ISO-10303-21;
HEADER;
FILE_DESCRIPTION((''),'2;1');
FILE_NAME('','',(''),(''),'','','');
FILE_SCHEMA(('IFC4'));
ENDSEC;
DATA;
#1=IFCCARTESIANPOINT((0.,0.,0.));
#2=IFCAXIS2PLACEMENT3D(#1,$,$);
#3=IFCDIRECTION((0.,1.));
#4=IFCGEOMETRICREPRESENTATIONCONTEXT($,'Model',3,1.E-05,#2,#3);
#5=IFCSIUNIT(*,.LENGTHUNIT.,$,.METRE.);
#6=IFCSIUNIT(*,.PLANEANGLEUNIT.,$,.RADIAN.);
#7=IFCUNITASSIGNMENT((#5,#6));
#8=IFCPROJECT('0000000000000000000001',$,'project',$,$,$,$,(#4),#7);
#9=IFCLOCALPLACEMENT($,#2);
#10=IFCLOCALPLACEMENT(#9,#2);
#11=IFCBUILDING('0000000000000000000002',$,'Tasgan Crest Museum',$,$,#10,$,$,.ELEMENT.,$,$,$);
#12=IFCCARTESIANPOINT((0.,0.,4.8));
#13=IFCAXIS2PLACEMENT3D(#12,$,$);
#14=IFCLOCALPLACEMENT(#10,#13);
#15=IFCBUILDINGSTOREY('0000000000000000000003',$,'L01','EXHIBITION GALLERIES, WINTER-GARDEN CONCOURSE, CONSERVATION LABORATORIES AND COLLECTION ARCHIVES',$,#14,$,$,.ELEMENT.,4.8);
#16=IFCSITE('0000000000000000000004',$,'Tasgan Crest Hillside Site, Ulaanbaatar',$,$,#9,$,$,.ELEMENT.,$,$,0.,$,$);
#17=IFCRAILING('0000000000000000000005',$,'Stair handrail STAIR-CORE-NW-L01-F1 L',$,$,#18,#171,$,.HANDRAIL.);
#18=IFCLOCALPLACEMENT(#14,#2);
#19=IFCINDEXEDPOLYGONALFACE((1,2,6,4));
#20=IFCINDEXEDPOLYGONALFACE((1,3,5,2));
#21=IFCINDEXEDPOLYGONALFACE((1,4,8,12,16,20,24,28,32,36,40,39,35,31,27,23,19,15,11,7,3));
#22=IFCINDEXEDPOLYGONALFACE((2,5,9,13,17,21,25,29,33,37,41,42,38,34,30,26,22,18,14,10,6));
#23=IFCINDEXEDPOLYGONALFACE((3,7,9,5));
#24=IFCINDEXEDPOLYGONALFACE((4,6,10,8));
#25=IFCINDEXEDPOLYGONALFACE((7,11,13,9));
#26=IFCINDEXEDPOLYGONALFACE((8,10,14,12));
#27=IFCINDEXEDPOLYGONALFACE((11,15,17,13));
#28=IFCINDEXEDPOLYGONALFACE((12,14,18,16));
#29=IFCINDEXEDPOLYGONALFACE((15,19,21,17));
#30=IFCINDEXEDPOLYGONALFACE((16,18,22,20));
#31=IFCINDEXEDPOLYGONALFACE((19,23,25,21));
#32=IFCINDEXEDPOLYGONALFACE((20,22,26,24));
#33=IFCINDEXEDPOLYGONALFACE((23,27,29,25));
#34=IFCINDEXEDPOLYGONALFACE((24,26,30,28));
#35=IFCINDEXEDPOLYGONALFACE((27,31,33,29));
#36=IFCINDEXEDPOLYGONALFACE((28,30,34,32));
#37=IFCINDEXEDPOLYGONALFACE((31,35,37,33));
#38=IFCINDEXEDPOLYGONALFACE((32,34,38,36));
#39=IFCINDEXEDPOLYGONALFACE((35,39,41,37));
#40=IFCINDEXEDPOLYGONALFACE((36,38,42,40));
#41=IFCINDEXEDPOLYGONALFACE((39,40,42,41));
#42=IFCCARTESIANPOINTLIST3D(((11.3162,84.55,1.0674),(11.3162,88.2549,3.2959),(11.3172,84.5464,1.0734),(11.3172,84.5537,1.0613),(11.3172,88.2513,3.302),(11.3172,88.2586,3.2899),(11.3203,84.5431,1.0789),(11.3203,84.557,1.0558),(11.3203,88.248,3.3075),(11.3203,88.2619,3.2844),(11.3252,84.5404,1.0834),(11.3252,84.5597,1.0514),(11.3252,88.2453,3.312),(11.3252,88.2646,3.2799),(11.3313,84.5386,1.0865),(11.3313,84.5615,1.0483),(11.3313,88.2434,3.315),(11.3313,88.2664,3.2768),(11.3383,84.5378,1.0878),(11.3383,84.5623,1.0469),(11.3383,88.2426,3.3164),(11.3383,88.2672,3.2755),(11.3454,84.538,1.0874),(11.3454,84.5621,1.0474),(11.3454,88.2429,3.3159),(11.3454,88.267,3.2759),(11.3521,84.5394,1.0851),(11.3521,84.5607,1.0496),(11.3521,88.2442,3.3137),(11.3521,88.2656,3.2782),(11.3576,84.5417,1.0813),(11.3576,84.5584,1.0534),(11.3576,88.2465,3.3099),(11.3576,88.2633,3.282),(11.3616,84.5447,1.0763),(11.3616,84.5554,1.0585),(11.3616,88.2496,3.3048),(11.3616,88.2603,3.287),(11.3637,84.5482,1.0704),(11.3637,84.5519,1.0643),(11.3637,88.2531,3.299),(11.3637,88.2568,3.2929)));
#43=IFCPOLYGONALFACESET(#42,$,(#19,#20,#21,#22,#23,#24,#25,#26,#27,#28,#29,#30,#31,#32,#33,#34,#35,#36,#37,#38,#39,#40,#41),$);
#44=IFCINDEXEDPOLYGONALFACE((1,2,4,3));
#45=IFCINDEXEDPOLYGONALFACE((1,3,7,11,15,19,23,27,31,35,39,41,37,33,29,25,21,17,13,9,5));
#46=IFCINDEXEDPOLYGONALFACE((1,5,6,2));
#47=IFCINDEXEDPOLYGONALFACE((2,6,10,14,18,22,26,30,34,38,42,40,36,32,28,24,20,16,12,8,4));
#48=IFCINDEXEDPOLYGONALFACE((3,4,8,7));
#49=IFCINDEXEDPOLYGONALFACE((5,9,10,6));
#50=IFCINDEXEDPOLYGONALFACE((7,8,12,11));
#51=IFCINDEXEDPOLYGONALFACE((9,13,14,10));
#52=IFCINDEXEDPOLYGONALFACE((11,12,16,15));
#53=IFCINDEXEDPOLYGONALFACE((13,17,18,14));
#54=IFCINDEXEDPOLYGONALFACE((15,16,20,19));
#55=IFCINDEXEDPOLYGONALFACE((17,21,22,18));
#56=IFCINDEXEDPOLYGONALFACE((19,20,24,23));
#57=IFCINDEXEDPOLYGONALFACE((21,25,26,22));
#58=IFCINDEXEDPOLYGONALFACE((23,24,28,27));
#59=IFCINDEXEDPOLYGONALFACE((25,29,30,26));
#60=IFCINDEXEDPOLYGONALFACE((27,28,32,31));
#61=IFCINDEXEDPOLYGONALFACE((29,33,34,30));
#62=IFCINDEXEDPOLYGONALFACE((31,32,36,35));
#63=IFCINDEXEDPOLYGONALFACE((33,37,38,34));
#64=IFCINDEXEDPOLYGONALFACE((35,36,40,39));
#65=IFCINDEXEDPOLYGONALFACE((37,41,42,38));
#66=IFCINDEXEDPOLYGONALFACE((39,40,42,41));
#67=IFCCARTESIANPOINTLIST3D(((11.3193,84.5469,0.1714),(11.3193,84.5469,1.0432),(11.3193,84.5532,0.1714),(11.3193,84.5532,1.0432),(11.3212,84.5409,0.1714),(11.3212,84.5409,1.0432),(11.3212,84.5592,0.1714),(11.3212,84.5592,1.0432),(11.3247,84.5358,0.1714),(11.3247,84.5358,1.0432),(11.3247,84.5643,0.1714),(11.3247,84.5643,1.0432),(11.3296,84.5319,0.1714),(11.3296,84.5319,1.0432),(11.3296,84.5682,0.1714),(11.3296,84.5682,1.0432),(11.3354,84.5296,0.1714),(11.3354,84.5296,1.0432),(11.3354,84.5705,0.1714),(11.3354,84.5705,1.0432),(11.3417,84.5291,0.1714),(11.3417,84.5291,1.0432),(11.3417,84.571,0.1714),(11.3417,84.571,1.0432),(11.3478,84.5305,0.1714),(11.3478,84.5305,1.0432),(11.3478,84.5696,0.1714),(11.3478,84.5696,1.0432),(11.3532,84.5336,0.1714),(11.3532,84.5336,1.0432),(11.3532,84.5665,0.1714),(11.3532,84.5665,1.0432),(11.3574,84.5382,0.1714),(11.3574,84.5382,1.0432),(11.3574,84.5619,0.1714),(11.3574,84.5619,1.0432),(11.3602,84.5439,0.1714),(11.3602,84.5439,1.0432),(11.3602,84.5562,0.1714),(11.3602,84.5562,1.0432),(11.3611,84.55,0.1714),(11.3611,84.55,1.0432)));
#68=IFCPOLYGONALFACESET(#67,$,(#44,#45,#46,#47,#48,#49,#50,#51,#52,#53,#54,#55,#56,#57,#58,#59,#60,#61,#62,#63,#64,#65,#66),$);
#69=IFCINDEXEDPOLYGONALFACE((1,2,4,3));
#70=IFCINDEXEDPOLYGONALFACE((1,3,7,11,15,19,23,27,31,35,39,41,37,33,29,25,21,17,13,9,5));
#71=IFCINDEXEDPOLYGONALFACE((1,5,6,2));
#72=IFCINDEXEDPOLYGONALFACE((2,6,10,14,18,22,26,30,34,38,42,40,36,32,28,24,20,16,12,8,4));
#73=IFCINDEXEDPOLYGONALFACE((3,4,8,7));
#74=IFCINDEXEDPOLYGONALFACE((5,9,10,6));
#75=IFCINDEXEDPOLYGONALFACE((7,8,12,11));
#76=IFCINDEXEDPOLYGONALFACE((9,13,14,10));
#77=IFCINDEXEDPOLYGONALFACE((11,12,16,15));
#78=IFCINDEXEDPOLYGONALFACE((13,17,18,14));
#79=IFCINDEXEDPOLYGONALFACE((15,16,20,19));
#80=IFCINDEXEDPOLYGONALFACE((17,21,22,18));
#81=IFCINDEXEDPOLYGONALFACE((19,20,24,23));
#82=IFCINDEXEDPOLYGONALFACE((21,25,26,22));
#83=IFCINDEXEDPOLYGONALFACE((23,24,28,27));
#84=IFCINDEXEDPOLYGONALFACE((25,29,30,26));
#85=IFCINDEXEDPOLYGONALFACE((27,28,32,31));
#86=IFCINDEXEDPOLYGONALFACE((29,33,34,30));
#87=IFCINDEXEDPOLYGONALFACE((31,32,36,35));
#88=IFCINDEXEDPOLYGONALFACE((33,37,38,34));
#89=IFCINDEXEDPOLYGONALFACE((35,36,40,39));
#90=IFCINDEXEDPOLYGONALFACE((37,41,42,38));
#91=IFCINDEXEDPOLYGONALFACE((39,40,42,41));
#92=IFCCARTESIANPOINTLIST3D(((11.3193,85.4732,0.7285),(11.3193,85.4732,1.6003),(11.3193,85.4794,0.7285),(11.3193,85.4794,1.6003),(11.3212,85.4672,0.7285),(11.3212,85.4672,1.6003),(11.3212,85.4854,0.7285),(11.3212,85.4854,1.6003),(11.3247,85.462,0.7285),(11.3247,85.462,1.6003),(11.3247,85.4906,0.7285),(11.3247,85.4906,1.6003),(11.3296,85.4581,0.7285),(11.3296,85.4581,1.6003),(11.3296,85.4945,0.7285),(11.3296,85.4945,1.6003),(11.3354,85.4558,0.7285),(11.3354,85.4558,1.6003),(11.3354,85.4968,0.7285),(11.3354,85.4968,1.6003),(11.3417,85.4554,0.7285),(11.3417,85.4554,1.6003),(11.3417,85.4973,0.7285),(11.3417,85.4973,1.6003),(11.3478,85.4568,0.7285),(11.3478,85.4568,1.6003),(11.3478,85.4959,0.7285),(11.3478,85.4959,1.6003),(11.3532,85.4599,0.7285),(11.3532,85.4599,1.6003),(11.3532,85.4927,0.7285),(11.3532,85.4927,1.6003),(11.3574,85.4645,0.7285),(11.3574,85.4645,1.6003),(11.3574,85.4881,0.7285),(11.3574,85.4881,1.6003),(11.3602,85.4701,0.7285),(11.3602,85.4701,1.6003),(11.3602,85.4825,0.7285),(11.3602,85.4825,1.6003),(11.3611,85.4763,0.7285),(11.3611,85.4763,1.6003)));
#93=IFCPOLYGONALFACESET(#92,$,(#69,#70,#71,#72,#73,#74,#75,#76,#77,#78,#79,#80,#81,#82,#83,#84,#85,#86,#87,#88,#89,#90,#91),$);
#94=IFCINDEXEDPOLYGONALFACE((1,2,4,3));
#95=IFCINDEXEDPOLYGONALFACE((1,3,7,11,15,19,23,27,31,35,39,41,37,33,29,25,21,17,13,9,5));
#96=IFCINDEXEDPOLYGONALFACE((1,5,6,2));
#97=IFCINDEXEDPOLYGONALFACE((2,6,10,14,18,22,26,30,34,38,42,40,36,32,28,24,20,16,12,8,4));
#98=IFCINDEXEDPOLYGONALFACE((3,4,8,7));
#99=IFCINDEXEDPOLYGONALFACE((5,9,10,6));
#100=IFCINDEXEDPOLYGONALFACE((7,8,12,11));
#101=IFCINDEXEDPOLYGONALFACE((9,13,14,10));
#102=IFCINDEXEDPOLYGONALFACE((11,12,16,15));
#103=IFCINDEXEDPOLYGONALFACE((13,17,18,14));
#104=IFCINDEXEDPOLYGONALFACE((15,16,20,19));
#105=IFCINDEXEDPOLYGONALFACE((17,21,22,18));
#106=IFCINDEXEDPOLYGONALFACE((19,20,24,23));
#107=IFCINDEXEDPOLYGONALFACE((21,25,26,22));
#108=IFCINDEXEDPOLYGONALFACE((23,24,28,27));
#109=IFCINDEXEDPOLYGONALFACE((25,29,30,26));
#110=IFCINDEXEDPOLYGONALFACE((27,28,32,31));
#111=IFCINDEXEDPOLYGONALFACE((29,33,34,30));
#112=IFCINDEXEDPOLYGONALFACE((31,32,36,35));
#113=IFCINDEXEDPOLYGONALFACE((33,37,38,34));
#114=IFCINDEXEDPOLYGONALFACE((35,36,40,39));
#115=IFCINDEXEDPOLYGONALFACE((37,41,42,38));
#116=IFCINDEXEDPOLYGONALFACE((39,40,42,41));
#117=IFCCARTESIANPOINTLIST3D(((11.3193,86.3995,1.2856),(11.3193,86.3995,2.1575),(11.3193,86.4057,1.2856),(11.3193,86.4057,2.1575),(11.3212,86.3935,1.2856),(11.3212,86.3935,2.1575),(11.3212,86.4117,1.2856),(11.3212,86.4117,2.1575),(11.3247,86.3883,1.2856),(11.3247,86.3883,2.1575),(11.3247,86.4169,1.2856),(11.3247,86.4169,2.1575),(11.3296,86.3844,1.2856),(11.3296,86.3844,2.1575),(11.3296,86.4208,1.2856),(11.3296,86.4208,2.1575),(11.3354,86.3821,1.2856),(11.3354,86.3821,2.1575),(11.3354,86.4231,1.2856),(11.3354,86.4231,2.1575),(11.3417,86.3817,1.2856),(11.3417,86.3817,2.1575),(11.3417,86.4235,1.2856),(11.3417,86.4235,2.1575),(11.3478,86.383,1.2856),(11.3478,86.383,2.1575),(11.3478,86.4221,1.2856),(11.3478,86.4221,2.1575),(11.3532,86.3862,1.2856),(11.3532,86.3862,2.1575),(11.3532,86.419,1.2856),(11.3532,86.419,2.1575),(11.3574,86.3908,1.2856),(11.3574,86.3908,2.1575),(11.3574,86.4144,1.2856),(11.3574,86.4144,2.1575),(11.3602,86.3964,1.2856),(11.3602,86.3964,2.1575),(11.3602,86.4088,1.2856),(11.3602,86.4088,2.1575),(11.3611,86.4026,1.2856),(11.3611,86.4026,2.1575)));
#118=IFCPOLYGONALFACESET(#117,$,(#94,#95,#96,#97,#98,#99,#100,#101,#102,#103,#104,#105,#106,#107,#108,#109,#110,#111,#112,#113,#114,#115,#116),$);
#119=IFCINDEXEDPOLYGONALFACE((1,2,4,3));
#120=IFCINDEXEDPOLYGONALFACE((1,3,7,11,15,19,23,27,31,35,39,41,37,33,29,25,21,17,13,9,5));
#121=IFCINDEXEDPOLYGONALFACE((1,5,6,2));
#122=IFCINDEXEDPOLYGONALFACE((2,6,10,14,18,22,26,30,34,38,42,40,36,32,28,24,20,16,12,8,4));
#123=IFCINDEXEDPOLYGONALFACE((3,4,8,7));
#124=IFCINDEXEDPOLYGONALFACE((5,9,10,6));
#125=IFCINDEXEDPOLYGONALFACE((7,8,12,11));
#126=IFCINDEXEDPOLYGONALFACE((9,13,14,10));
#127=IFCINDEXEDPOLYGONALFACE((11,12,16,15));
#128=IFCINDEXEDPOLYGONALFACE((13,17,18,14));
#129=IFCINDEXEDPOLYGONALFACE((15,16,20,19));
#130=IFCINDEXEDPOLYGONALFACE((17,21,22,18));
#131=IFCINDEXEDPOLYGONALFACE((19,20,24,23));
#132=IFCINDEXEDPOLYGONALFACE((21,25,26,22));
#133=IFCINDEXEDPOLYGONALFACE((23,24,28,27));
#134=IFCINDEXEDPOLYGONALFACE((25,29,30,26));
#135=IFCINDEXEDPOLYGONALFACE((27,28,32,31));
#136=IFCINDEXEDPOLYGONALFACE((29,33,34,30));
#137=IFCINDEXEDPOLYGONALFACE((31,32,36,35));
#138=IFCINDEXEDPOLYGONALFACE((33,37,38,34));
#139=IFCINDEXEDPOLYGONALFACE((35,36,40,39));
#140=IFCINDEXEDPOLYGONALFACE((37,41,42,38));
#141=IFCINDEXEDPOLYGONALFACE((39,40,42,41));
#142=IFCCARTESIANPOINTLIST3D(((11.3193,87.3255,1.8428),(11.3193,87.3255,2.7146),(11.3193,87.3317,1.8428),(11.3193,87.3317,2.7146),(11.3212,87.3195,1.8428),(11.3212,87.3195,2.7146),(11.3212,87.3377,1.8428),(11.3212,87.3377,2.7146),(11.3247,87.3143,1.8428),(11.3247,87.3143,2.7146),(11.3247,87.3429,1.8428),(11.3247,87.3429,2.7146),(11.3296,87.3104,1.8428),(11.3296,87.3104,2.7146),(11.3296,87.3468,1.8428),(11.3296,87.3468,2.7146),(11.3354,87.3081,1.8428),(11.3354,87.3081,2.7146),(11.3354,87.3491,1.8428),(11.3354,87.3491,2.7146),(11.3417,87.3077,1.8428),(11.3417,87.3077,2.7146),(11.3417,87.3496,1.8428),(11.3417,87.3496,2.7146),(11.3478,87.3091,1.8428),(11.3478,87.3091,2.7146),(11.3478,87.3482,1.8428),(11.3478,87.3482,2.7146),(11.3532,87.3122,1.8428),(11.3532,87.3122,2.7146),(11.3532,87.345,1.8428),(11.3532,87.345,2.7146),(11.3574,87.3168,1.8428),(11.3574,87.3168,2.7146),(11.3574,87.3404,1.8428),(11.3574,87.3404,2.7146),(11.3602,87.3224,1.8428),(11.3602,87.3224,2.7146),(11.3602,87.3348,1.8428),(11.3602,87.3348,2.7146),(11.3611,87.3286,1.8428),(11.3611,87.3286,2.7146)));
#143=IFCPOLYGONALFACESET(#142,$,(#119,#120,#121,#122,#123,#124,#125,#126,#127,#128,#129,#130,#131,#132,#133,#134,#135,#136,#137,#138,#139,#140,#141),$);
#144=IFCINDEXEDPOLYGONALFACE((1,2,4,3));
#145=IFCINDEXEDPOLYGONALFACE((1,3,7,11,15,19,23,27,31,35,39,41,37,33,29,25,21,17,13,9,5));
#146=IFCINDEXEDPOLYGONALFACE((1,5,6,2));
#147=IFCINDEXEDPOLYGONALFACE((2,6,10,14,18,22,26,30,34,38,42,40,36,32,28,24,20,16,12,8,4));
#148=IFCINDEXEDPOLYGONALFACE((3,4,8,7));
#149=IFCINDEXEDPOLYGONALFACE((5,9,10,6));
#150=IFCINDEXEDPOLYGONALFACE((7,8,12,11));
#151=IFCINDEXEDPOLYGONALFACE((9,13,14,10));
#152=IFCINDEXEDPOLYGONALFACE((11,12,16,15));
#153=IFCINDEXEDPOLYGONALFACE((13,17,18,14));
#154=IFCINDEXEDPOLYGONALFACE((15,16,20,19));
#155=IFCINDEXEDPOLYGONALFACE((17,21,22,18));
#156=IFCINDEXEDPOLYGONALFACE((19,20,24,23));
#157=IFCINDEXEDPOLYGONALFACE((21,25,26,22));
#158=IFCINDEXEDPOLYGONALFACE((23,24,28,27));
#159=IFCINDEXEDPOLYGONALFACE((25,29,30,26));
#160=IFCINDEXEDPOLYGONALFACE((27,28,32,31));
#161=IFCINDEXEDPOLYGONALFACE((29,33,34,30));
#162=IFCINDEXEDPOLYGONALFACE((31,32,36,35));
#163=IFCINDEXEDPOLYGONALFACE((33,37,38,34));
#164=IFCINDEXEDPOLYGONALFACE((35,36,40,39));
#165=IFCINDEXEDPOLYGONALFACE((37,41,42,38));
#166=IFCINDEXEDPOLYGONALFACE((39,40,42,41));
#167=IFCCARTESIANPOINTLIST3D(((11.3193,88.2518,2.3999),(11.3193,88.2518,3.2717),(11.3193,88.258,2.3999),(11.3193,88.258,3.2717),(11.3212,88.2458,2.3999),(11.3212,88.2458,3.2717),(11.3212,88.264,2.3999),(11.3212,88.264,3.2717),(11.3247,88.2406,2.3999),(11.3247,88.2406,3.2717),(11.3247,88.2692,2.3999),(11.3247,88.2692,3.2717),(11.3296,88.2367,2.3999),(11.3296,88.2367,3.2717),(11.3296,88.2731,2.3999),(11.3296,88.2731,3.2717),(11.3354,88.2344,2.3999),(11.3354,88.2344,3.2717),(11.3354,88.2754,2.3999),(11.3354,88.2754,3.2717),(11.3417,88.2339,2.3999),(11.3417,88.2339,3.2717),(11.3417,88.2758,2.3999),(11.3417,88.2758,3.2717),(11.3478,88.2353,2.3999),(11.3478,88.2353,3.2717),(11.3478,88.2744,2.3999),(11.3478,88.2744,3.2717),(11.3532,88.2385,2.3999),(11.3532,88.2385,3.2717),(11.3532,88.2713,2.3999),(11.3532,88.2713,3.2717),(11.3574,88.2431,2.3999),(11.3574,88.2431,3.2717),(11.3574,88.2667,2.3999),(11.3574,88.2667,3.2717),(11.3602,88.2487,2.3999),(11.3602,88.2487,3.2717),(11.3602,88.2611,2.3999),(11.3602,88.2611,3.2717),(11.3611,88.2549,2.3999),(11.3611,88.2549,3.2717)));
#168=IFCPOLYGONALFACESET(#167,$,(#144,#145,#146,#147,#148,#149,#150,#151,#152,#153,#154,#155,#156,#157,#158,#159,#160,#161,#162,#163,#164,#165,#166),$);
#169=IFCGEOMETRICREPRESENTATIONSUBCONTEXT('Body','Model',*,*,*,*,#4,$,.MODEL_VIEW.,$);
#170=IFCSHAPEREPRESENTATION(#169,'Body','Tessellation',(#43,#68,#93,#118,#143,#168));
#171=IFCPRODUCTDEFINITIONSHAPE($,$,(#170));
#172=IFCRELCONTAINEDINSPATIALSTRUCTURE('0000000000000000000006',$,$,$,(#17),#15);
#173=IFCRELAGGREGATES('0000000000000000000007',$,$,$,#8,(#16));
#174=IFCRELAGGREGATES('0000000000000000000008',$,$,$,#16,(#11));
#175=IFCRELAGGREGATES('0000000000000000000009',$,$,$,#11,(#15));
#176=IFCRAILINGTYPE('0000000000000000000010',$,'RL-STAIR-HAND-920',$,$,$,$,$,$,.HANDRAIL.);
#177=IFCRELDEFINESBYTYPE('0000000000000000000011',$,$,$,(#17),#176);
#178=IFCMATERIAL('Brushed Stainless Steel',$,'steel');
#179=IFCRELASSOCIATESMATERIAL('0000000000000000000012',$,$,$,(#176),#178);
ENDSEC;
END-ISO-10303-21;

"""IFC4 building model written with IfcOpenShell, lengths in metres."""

from ifc_helpers import new_model, si_unit, direction, frame, origin, origin_2d, place, context, subcontext, project, spatial, circle, extrude, material, type_object, element, save


model = new_model("IFC4")

# Units and contexts
model_context = context("Model", 3, precision=1e-05, world=origin(), true_north=direction((0.0, 1.0)))
body_context = subcontext(model_context, "Body", "Model", "MODEL_VIEW")
ifc_project = project(units=[si_unit("LENGTHUNIT", "METRE"), si_unit("PLANEANGLEUNIT", "RADIAN")], contexts=[model_context])

# Site, building, storey
site_placement = place(None, origin())
site = spatial("IfcSite", under=ifc_project, at=site_placement, Name="Tasgan Crest Hillside Site, Ulaanbaatar", CompositionType="ELEMENT", RefElevation=0.0)
building_placement = place(site_placement, origin())
building = spatial("IfcBuilding", under=site, at=building_placement, Name="Tasgan Crest Museum", CompositionType="ELEMENT")
storey_placement = place(building_placement, frame((0.0, 0.0, 4.8)))
storey = spatial("IfcBuildingStorey", under=building, at=storey_placement, Name="L01", Description="EXHIBITION GALLERIES, WINTER-GARDEN CONCOURSE, CONSERVATION LABORATORIES AND COLLECTION ARCHIVES", CompositionType="ELEMENT", Elevation=4.8)

# Railing
ifc_material_1 = material(Name="Brushed Stainless Steel", Category="steel")
railing_type_1 = type_object("IfcRailingType", Name="RL-STAIR-HAND-920", PredefinedType="HANDRAIL", material=ifc_material_1)
for number, where, name in (
    (1, (11.3401, 84.55, 0.1714), "Stair handrail STAIR-CORE-NW-L01-F1 L"),
):
    element("IfcRailing", number, at=place(storey_placement, frame(where)), inside=storey, type_object=railing_type_1, Name=name, PredefinedType="HANDRAIL", context=body_context, shape_type="SweptSolid", body=[
        extrude(circle(Radius=0.0239, at=origin_2d()), frame((0.0, 0.0, 0.896), z_axis=(0.0, 0.856919, 0.51545), x_axis=(-1.0, 0.0, 0.0)), (0.0, 0.0, 1.0), 4.3235),
        extrude(circle(Radius=0.021, at=origin_2d()), origin(), (0.0, 0.0, 1.0), 0.8718),
        extrude(circle(Radius=0.021, at=origin_2d()), frame((0.0, 0.9263, 0.5571)), (0.0, 0.0, 1.0), 0.8718),
        extrude(circle(Radius=0.021, at=origin_2d()), frame((0.0, 1.8525, 1.1143)), (0.0, 0.0, 1.0), 0.8718),
        extrude(circle(Radius=0.021, at=origin_2d()), frame((0.0, 2.7786, 1.6714)), (0.0, 0.0, 1.0), 0.8718),
        extrude(circle(Radius=0.021, at=origin_2d()), frame((0.0, 3.7048, 2.2285)), (0.0, 0.0, 1.0), 0.8718),
    ])

save(model, "model.ifc")
